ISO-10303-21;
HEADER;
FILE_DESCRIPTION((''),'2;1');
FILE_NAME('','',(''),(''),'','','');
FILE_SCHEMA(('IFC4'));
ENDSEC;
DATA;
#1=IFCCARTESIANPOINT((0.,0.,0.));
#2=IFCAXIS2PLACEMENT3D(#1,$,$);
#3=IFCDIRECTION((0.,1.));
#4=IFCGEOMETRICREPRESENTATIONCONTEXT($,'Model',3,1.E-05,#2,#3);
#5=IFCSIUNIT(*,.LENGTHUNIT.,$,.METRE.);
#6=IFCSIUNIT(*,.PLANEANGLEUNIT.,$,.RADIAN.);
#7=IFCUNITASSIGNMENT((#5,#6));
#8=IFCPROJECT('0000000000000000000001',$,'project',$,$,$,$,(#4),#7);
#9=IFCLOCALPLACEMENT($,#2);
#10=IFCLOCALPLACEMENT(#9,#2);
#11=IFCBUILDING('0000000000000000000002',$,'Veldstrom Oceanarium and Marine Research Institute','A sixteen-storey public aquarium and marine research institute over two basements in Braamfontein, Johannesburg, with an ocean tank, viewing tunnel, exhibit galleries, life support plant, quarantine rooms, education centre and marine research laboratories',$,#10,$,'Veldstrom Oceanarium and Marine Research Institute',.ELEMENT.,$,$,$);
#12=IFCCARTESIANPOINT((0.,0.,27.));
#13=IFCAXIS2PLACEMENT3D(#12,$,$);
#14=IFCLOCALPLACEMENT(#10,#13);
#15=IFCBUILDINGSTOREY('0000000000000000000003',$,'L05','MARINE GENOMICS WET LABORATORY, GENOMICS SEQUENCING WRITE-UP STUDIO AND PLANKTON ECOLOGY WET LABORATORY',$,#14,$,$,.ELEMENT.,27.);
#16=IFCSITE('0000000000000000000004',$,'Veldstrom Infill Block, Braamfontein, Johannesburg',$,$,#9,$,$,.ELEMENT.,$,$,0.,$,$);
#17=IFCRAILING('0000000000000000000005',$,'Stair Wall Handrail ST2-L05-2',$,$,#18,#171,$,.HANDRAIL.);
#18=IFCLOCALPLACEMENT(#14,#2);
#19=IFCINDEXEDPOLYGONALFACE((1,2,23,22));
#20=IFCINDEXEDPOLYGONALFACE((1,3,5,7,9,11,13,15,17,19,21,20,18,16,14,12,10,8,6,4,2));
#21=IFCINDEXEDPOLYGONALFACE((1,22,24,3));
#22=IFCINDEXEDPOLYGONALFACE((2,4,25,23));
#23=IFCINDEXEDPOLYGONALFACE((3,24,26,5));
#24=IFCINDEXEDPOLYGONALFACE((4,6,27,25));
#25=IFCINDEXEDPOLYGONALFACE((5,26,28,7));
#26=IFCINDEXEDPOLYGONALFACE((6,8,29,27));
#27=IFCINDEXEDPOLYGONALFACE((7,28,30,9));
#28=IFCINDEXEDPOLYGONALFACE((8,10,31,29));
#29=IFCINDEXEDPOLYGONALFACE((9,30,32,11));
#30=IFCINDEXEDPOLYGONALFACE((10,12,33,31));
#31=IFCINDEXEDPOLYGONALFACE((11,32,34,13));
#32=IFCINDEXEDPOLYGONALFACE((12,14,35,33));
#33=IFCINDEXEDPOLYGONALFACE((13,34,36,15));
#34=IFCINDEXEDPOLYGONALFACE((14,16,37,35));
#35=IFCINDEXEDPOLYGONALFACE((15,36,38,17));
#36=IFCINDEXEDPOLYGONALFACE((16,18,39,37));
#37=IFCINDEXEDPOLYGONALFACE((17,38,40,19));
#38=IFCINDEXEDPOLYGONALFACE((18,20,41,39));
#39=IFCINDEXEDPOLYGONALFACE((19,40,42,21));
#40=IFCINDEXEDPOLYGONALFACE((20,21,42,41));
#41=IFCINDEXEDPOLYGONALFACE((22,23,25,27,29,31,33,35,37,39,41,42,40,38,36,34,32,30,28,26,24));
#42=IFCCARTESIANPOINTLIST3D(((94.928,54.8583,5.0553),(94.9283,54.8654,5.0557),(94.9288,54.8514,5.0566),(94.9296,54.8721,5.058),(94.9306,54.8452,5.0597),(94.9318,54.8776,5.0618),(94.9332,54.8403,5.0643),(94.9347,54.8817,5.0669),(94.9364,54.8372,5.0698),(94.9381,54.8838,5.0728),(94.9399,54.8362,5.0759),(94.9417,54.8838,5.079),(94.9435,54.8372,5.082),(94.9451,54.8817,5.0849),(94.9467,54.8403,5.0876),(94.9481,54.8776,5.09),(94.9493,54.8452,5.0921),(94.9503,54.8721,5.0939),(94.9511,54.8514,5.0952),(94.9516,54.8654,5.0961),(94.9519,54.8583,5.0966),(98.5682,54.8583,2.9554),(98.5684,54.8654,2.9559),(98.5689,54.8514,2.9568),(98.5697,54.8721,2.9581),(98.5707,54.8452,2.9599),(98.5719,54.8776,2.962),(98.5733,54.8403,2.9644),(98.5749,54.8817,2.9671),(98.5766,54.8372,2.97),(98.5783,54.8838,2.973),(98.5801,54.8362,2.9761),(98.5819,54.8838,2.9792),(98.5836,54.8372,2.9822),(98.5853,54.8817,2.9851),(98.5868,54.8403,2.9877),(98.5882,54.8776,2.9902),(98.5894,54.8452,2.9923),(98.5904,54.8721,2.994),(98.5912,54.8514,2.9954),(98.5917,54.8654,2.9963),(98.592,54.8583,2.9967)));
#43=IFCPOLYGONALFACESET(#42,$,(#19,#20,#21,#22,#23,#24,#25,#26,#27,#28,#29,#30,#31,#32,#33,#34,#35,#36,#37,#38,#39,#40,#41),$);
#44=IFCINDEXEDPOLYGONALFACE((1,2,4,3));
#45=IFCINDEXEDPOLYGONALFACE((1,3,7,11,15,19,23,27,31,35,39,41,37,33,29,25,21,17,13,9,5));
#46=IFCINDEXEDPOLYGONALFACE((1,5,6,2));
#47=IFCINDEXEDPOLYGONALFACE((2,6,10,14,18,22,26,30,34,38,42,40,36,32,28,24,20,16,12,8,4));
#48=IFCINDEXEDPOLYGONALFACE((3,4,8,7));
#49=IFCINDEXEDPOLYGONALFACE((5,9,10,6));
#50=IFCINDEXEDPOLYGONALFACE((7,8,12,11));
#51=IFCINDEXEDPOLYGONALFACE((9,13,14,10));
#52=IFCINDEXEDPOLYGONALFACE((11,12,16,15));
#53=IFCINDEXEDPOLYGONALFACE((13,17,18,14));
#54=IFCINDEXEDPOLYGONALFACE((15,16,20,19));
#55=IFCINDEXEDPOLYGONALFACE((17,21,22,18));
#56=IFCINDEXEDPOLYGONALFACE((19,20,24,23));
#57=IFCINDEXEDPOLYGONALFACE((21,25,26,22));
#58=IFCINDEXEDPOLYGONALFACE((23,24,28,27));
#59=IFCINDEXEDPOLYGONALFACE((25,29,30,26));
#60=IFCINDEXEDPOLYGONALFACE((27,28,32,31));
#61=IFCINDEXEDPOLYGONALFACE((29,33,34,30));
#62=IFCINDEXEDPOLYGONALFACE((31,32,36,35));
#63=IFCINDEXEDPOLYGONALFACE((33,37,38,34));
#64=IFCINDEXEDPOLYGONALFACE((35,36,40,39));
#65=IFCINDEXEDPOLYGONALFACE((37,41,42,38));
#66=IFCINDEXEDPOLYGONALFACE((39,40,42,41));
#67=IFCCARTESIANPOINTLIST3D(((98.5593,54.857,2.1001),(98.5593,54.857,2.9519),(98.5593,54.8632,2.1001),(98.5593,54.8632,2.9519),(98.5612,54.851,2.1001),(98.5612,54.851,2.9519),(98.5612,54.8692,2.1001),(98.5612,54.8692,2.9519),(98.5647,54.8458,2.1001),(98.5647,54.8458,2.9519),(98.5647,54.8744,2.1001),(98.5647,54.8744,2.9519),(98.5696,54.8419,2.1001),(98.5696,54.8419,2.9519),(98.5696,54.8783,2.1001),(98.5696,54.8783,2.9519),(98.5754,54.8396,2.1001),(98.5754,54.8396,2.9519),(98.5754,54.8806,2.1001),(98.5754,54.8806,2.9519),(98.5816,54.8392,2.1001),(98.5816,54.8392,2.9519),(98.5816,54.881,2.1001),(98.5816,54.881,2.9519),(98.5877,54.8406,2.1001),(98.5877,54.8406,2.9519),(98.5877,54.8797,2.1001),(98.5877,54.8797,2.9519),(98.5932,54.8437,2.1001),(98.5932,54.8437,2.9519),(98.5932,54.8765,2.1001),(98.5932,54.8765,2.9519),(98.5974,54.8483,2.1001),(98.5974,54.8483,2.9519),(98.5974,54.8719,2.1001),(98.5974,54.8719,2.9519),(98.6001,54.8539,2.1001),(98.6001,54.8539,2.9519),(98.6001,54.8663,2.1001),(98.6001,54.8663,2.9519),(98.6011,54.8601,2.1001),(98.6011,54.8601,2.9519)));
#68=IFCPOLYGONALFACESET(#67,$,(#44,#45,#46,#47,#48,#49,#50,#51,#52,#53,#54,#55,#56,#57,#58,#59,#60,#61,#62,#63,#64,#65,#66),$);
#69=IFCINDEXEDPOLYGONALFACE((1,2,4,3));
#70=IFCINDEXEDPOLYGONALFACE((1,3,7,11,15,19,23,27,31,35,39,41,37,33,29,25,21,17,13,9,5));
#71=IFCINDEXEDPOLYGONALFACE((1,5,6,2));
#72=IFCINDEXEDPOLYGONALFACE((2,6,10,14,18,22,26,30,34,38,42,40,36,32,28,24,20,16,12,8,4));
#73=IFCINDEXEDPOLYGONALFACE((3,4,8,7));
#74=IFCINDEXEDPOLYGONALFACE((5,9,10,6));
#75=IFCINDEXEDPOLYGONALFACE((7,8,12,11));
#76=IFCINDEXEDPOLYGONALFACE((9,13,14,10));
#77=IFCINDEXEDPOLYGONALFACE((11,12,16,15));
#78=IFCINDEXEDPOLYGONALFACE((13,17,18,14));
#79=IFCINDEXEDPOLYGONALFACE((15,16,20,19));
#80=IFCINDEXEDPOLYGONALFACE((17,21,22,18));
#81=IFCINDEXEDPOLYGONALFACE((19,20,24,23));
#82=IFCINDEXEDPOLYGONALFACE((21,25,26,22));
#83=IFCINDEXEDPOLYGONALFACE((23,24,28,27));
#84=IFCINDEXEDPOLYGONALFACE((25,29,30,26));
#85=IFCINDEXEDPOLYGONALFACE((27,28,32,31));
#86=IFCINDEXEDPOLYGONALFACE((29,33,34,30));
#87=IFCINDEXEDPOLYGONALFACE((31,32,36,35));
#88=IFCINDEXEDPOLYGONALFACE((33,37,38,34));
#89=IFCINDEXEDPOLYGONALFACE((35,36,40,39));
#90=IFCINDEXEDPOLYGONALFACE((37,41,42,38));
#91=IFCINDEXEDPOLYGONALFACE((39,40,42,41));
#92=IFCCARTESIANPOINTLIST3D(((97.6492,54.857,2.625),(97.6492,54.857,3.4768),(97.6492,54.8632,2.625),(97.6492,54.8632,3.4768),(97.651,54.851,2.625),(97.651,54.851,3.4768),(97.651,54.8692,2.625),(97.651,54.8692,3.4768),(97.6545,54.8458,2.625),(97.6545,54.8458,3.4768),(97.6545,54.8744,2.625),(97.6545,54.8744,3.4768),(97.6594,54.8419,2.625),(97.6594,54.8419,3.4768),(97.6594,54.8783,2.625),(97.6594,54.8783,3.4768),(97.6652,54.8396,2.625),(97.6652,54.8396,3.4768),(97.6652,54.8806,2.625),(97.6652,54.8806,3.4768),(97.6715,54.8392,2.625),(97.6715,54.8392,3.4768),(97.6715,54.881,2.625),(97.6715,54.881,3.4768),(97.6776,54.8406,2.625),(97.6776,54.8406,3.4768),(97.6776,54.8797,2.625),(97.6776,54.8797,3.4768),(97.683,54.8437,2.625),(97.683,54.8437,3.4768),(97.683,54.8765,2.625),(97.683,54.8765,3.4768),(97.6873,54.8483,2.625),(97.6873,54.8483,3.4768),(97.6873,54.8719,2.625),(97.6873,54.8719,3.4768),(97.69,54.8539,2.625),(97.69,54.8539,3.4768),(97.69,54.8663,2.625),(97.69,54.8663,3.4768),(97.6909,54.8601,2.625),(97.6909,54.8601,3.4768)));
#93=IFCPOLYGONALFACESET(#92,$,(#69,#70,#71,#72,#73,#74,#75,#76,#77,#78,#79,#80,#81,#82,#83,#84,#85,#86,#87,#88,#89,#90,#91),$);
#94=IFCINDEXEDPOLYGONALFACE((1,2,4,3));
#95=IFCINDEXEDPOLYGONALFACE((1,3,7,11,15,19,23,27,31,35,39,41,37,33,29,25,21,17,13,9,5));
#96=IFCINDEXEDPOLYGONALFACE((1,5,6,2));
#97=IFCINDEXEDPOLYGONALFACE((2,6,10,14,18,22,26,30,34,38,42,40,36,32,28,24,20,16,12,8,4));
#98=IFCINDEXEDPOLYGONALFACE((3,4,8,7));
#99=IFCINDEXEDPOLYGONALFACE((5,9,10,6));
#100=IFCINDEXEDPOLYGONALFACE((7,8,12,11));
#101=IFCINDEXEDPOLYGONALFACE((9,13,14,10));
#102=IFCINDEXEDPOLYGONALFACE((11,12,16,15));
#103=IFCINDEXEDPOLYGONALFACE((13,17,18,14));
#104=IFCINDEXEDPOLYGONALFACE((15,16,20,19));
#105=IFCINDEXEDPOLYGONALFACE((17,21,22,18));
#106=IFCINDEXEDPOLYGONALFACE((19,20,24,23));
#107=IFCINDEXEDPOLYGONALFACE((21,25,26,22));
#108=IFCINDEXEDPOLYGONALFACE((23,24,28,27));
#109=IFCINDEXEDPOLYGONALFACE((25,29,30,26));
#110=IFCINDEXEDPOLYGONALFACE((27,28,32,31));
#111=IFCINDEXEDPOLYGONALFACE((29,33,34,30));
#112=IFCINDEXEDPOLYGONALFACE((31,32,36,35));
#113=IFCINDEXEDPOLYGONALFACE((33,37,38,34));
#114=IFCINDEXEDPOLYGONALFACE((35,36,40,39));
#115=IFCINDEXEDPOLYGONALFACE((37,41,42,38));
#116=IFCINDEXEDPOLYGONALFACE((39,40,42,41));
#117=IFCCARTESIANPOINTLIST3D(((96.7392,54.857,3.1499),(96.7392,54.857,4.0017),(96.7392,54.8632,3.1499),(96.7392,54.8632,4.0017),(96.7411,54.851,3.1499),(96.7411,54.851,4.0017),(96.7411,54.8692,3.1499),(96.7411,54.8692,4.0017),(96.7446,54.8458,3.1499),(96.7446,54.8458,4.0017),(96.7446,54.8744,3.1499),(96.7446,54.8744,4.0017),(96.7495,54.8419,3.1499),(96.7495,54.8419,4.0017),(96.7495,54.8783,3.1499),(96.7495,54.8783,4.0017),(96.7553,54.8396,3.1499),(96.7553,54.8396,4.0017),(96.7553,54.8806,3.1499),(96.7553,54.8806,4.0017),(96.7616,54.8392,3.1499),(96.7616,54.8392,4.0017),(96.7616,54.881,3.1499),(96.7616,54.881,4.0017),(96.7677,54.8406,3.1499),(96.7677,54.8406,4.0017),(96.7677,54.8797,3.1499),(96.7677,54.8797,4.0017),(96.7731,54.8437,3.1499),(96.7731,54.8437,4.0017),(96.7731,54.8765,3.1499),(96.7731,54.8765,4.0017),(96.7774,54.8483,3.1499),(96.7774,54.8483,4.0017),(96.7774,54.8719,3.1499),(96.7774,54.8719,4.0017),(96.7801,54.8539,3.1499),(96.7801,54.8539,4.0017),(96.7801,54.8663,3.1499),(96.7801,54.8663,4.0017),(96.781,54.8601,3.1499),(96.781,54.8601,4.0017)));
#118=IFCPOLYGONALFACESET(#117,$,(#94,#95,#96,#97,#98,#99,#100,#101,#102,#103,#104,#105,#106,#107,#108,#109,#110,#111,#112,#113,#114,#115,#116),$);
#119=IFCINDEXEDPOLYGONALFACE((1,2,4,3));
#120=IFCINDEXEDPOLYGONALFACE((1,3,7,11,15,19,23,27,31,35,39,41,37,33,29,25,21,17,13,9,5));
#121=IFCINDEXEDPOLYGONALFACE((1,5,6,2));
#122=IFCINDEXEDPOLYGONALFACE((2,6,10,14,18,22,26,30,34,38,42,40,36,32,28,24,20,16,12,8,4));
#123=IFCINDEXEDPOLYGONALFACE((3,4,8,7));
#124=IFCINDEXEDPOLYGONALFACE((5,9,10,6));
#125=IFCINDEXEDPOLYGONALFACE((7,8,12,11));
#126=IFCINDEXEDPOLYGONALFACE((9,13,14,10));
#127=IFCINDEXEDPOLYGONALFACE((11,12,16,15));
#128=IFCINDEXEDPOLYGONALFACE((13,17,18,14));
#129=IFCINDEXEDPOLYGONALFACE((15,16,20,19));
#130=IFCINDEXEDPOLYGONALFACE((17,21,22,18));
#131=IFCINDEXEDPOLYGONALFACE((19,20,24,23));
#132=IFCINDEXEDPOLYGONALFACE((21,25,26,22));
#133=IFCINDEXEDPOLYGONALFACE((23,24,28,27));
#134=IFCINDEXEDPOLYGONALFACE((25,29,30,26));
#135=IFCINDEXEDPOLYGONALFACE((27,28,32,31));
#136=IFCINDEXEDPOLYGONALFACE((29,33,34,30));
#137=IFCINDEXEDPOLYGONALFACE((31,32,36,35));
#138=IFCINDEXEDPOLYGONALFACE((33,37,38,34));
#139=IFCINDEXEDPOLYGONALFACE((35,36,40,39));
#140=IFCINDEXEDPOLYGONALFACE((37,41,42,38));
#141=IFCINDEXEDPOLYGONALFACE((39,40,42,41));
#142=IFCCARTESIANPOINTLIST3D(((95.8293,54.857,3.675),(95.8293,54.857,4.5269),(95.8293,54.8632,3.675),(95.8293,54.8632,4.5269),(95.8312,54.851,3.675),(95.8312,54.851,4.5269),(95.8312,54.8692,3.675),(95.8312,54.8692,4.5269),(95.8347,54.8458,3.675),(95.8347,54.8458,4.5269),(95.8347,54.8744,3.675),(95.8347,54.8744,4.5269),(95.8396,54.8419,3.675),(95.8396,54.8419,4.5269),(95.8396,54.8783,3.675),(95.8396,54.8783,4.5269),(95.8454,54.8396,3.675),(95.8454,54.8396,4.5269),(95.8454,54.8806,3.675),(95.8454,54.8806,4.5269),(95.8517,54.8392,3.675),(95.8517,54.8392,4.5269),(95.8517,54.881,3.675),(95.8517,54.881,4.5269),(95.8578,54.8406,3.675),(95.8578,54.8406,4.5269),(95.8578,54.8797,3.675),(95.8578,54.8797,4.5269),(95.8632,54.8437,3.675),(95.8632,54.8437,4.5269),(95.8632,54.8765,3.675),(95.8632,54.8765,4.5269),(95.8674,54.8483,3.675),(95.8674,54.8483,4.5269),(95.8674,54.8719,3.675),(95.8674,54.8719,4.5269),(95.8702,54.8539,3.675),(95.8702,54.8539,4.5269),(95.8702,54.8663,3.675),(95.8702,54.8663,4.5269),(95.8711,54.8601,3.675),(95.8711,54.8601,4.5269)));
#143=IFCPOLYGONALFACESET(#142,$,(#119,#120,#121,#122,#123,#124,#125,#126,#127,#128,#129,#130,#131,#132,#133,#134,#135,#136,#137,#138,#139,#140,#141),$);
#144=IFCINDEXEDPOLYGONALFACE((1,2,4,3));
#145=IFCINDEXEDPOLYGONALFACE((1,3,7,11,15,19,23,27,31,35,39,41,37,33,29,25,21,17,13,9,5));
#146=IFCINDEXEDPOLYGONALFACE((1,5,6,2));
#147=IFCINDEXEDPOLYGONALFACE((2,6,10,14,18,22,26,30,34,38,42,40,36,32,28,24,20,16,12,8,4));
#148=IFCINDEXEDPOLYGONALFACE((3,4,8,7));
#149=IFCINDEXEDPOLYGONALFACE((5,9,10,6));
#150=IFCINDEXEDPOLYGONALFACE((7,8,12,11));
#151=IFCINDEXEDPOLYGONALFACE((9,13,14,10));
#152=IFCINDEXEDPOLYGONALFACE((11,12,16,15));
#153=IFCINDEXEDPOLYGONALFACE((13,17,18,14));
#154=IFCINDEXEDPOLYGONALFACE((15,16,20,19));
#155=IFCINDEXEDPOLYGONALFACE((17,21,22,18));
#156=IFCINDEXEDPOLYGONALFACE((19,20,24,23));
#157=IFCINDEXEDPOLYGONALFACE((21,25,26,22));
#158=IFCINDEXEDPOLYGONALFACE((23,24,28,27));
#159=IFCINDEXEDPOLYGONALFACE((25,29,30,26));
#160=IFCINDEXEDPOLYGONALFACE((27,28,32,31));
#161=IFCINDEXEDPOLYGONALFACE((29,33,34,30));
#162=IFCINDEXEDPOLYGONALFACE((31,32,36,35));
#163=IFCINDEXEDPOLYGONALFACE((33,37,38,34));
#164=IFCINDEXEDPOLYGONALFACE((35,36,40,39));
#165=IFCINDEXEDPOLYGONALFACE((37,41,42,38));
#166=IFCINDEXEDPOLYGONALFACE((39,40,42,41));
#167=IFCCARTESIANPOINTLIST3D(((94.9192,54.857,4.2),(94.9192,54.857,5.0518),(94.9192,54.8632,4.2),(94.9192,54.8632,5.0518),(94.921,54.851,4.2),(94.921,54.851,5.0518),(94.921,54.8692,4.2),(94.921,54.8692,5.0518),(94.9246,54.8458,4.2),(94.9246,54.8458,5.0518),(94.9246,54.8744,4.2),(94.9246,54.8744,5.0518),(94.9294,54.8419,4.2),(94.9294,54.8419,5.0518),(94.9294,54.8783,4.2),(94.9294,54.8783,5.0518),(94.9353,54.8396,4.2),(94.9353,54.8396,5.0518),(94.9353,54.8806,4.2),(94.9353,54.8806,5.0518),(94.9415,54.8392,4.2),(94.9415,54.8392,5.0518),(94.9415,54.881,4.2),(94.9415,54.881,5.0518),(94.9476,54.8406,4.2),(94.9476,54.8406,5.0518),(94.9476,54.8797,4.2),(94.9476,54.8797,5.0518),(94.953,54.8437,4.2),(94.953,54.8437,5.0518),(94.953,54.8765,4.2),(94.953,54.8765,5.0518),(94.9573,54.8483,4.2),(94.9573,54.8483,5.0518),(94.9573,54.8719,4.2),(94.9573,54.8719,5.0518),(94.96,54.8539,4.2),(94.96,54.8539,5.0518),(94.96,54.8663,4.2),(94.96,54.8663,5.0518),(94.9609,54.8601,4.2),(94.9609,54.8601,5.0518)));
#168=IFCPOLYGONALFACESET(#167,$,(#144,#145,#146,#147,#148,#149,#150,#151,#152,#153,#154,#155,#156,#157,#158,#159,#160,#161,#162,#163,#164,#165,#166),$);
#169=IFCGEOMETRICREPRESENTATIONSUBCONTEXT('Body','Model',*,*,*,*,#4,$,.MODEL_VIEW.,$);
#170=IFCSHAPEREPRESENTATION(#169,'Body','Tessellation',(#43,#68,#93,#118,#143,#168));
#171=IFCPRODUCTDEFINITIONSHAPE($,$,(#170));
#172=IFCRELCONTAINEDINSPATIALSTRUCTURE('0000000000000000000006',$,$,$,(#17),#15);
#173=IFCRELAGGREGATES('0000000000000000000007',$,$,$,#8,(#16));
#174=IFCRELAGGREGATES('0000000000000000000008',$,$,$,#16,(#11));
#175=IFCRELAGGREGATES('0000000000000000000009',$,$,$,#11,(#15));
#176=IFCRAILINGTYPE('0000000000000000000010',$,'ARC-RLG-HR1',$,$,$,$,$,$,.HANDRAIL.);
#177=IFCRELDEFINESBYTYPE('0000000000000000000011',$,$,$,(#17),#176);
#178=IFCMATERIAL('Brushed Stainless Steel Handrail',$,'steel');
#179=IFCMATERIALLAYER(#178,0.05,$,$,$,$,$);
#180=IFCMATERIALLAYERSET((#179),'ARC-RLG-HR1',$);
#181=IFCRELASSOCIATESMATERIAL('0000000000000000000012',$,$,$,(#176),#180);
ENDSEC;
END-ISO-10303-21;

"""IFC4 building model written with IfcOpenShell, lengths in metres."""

from ifc_helpers import new_model, si_unit, direction, frame, origin, origin_2d, place, context, subcontext, project, spatial, circle, extrude, material, layer, layer_set, type_object, element, save


model = new_model("IFC4")

# Units and contexts
model_context = context("Model", 3, precision=1e-05, world=origin(), true_north=direction((0.0, 1.0)))
body_context = subcontext(model_context, "Body", "Model", "MODEL_VIEW")
ifc_project = project(units=[si_unit("LENGTHUNIT", "METRE"), si_unit("PLANEANGLEUNIT", "RADIAN")], contexts=[model_context])

# Site, building, storey
site_placement = place(None, origin())
site = spatial("IfcSite", under=ifc_project, at=site_placement, Name="Veldstrom Infill Block, Braamfontein, Johannesburg", CompositionType="ELEMENT", RefElevation=0.0)
building_placement = place(site_placement, origin())
building = spatial("IfcBuilding", under=site, at=building_placement, Name="Veldstrom Oceanarium and Marine Research Institute", Description="A sixteen-storey public aquarium and marine research institute over two basements in Braamfontein, Johannesburg, with an ocean tank, viewing tunnel, exhibit galleries, life support plant, quarantine rooms, education centre and marine research laboratories", LongName="Veldstrom Oceanarium and Marine Research Institute", CompositionType="ELEMENT")
storey_placement = place(building_placement, frame((0.0, 0.0, 27.0)))
storey = spatial("IfcBuildingStorey", under=building, at=storey_placement, Name="L05", Description="MARINE GENOMICS WET LABORATORY, GENOMICS SEQUENCING WRITE-UP STUDIO AND PLANKTON ECOLOGY WET LABORATORY", CompositionType="ELEMENT", Elevation=27.0)

# Railing
ifc_material_1 = material(Name="Brushed Stainless Steel Handrail", Category="steel")
ifc_layer_1 = layer(ifc_material_1, 0.05)
ifc_layer_set_1 = layer_set([ifc_layer_1], Name="ARC-RLG-HR1")
railing_type_1 = type_object("IfcRailingType", Name="ARC-RLG-HR1", PredefinedType="HANDRAIL", material=ifc_layer_set_1)
railing_1_placement = place(storey_placement, frame((98.5801, 54.8601, 2.1001)))
element("IfcRailing", 1, at=railing_1_placement, inside=storey, type_object=railing_type_1, Name="Stair Wall Handrail ST2-L05-2", PredefinedType="HANDRAIL", context=body_context, shape_type="SweptSolid", body=[
    extrude(circle(Radius=0.0239, at=origin_2d()), frame((0.0, 0.0, 0.876), z_axis=(-0.866209, 0.0, 0.499682), x_axis=(0.0, -1.0, 0.0)), (0.0, 0.0, 1.0), 4.2024),
    extrude(circle(Radius=0.021, at=origin_2d()), origin(), (0.0, 0.0, 1.0), 0.8518),
    extrude(circle(Radius=0.021, at=origin_2d()), frame((-0.9102, 0.0, 0.5249)), (0.0, 0.0, 1.0), 0.8518),
    extrude(circle(Radius=0.021, at=origin_2d()), frame((-1.8201, 0.0, 1.0498)), (0.0, 0.0, 1.0), 0.8518),
    extrude(circle(Radius=0.021, at=origin_2d()), frame((-2.73, 0.0, 1.575)), (0.0, 0.0, 1.0), 0.8518),
    extrude(circle(Radius=0.021, at=origin_2d()), frame((-3.6401, 0.0, 2.0999)), (0.0, 0.0, 1.0), 0.8518),
])

save(model, "model.ifc")
